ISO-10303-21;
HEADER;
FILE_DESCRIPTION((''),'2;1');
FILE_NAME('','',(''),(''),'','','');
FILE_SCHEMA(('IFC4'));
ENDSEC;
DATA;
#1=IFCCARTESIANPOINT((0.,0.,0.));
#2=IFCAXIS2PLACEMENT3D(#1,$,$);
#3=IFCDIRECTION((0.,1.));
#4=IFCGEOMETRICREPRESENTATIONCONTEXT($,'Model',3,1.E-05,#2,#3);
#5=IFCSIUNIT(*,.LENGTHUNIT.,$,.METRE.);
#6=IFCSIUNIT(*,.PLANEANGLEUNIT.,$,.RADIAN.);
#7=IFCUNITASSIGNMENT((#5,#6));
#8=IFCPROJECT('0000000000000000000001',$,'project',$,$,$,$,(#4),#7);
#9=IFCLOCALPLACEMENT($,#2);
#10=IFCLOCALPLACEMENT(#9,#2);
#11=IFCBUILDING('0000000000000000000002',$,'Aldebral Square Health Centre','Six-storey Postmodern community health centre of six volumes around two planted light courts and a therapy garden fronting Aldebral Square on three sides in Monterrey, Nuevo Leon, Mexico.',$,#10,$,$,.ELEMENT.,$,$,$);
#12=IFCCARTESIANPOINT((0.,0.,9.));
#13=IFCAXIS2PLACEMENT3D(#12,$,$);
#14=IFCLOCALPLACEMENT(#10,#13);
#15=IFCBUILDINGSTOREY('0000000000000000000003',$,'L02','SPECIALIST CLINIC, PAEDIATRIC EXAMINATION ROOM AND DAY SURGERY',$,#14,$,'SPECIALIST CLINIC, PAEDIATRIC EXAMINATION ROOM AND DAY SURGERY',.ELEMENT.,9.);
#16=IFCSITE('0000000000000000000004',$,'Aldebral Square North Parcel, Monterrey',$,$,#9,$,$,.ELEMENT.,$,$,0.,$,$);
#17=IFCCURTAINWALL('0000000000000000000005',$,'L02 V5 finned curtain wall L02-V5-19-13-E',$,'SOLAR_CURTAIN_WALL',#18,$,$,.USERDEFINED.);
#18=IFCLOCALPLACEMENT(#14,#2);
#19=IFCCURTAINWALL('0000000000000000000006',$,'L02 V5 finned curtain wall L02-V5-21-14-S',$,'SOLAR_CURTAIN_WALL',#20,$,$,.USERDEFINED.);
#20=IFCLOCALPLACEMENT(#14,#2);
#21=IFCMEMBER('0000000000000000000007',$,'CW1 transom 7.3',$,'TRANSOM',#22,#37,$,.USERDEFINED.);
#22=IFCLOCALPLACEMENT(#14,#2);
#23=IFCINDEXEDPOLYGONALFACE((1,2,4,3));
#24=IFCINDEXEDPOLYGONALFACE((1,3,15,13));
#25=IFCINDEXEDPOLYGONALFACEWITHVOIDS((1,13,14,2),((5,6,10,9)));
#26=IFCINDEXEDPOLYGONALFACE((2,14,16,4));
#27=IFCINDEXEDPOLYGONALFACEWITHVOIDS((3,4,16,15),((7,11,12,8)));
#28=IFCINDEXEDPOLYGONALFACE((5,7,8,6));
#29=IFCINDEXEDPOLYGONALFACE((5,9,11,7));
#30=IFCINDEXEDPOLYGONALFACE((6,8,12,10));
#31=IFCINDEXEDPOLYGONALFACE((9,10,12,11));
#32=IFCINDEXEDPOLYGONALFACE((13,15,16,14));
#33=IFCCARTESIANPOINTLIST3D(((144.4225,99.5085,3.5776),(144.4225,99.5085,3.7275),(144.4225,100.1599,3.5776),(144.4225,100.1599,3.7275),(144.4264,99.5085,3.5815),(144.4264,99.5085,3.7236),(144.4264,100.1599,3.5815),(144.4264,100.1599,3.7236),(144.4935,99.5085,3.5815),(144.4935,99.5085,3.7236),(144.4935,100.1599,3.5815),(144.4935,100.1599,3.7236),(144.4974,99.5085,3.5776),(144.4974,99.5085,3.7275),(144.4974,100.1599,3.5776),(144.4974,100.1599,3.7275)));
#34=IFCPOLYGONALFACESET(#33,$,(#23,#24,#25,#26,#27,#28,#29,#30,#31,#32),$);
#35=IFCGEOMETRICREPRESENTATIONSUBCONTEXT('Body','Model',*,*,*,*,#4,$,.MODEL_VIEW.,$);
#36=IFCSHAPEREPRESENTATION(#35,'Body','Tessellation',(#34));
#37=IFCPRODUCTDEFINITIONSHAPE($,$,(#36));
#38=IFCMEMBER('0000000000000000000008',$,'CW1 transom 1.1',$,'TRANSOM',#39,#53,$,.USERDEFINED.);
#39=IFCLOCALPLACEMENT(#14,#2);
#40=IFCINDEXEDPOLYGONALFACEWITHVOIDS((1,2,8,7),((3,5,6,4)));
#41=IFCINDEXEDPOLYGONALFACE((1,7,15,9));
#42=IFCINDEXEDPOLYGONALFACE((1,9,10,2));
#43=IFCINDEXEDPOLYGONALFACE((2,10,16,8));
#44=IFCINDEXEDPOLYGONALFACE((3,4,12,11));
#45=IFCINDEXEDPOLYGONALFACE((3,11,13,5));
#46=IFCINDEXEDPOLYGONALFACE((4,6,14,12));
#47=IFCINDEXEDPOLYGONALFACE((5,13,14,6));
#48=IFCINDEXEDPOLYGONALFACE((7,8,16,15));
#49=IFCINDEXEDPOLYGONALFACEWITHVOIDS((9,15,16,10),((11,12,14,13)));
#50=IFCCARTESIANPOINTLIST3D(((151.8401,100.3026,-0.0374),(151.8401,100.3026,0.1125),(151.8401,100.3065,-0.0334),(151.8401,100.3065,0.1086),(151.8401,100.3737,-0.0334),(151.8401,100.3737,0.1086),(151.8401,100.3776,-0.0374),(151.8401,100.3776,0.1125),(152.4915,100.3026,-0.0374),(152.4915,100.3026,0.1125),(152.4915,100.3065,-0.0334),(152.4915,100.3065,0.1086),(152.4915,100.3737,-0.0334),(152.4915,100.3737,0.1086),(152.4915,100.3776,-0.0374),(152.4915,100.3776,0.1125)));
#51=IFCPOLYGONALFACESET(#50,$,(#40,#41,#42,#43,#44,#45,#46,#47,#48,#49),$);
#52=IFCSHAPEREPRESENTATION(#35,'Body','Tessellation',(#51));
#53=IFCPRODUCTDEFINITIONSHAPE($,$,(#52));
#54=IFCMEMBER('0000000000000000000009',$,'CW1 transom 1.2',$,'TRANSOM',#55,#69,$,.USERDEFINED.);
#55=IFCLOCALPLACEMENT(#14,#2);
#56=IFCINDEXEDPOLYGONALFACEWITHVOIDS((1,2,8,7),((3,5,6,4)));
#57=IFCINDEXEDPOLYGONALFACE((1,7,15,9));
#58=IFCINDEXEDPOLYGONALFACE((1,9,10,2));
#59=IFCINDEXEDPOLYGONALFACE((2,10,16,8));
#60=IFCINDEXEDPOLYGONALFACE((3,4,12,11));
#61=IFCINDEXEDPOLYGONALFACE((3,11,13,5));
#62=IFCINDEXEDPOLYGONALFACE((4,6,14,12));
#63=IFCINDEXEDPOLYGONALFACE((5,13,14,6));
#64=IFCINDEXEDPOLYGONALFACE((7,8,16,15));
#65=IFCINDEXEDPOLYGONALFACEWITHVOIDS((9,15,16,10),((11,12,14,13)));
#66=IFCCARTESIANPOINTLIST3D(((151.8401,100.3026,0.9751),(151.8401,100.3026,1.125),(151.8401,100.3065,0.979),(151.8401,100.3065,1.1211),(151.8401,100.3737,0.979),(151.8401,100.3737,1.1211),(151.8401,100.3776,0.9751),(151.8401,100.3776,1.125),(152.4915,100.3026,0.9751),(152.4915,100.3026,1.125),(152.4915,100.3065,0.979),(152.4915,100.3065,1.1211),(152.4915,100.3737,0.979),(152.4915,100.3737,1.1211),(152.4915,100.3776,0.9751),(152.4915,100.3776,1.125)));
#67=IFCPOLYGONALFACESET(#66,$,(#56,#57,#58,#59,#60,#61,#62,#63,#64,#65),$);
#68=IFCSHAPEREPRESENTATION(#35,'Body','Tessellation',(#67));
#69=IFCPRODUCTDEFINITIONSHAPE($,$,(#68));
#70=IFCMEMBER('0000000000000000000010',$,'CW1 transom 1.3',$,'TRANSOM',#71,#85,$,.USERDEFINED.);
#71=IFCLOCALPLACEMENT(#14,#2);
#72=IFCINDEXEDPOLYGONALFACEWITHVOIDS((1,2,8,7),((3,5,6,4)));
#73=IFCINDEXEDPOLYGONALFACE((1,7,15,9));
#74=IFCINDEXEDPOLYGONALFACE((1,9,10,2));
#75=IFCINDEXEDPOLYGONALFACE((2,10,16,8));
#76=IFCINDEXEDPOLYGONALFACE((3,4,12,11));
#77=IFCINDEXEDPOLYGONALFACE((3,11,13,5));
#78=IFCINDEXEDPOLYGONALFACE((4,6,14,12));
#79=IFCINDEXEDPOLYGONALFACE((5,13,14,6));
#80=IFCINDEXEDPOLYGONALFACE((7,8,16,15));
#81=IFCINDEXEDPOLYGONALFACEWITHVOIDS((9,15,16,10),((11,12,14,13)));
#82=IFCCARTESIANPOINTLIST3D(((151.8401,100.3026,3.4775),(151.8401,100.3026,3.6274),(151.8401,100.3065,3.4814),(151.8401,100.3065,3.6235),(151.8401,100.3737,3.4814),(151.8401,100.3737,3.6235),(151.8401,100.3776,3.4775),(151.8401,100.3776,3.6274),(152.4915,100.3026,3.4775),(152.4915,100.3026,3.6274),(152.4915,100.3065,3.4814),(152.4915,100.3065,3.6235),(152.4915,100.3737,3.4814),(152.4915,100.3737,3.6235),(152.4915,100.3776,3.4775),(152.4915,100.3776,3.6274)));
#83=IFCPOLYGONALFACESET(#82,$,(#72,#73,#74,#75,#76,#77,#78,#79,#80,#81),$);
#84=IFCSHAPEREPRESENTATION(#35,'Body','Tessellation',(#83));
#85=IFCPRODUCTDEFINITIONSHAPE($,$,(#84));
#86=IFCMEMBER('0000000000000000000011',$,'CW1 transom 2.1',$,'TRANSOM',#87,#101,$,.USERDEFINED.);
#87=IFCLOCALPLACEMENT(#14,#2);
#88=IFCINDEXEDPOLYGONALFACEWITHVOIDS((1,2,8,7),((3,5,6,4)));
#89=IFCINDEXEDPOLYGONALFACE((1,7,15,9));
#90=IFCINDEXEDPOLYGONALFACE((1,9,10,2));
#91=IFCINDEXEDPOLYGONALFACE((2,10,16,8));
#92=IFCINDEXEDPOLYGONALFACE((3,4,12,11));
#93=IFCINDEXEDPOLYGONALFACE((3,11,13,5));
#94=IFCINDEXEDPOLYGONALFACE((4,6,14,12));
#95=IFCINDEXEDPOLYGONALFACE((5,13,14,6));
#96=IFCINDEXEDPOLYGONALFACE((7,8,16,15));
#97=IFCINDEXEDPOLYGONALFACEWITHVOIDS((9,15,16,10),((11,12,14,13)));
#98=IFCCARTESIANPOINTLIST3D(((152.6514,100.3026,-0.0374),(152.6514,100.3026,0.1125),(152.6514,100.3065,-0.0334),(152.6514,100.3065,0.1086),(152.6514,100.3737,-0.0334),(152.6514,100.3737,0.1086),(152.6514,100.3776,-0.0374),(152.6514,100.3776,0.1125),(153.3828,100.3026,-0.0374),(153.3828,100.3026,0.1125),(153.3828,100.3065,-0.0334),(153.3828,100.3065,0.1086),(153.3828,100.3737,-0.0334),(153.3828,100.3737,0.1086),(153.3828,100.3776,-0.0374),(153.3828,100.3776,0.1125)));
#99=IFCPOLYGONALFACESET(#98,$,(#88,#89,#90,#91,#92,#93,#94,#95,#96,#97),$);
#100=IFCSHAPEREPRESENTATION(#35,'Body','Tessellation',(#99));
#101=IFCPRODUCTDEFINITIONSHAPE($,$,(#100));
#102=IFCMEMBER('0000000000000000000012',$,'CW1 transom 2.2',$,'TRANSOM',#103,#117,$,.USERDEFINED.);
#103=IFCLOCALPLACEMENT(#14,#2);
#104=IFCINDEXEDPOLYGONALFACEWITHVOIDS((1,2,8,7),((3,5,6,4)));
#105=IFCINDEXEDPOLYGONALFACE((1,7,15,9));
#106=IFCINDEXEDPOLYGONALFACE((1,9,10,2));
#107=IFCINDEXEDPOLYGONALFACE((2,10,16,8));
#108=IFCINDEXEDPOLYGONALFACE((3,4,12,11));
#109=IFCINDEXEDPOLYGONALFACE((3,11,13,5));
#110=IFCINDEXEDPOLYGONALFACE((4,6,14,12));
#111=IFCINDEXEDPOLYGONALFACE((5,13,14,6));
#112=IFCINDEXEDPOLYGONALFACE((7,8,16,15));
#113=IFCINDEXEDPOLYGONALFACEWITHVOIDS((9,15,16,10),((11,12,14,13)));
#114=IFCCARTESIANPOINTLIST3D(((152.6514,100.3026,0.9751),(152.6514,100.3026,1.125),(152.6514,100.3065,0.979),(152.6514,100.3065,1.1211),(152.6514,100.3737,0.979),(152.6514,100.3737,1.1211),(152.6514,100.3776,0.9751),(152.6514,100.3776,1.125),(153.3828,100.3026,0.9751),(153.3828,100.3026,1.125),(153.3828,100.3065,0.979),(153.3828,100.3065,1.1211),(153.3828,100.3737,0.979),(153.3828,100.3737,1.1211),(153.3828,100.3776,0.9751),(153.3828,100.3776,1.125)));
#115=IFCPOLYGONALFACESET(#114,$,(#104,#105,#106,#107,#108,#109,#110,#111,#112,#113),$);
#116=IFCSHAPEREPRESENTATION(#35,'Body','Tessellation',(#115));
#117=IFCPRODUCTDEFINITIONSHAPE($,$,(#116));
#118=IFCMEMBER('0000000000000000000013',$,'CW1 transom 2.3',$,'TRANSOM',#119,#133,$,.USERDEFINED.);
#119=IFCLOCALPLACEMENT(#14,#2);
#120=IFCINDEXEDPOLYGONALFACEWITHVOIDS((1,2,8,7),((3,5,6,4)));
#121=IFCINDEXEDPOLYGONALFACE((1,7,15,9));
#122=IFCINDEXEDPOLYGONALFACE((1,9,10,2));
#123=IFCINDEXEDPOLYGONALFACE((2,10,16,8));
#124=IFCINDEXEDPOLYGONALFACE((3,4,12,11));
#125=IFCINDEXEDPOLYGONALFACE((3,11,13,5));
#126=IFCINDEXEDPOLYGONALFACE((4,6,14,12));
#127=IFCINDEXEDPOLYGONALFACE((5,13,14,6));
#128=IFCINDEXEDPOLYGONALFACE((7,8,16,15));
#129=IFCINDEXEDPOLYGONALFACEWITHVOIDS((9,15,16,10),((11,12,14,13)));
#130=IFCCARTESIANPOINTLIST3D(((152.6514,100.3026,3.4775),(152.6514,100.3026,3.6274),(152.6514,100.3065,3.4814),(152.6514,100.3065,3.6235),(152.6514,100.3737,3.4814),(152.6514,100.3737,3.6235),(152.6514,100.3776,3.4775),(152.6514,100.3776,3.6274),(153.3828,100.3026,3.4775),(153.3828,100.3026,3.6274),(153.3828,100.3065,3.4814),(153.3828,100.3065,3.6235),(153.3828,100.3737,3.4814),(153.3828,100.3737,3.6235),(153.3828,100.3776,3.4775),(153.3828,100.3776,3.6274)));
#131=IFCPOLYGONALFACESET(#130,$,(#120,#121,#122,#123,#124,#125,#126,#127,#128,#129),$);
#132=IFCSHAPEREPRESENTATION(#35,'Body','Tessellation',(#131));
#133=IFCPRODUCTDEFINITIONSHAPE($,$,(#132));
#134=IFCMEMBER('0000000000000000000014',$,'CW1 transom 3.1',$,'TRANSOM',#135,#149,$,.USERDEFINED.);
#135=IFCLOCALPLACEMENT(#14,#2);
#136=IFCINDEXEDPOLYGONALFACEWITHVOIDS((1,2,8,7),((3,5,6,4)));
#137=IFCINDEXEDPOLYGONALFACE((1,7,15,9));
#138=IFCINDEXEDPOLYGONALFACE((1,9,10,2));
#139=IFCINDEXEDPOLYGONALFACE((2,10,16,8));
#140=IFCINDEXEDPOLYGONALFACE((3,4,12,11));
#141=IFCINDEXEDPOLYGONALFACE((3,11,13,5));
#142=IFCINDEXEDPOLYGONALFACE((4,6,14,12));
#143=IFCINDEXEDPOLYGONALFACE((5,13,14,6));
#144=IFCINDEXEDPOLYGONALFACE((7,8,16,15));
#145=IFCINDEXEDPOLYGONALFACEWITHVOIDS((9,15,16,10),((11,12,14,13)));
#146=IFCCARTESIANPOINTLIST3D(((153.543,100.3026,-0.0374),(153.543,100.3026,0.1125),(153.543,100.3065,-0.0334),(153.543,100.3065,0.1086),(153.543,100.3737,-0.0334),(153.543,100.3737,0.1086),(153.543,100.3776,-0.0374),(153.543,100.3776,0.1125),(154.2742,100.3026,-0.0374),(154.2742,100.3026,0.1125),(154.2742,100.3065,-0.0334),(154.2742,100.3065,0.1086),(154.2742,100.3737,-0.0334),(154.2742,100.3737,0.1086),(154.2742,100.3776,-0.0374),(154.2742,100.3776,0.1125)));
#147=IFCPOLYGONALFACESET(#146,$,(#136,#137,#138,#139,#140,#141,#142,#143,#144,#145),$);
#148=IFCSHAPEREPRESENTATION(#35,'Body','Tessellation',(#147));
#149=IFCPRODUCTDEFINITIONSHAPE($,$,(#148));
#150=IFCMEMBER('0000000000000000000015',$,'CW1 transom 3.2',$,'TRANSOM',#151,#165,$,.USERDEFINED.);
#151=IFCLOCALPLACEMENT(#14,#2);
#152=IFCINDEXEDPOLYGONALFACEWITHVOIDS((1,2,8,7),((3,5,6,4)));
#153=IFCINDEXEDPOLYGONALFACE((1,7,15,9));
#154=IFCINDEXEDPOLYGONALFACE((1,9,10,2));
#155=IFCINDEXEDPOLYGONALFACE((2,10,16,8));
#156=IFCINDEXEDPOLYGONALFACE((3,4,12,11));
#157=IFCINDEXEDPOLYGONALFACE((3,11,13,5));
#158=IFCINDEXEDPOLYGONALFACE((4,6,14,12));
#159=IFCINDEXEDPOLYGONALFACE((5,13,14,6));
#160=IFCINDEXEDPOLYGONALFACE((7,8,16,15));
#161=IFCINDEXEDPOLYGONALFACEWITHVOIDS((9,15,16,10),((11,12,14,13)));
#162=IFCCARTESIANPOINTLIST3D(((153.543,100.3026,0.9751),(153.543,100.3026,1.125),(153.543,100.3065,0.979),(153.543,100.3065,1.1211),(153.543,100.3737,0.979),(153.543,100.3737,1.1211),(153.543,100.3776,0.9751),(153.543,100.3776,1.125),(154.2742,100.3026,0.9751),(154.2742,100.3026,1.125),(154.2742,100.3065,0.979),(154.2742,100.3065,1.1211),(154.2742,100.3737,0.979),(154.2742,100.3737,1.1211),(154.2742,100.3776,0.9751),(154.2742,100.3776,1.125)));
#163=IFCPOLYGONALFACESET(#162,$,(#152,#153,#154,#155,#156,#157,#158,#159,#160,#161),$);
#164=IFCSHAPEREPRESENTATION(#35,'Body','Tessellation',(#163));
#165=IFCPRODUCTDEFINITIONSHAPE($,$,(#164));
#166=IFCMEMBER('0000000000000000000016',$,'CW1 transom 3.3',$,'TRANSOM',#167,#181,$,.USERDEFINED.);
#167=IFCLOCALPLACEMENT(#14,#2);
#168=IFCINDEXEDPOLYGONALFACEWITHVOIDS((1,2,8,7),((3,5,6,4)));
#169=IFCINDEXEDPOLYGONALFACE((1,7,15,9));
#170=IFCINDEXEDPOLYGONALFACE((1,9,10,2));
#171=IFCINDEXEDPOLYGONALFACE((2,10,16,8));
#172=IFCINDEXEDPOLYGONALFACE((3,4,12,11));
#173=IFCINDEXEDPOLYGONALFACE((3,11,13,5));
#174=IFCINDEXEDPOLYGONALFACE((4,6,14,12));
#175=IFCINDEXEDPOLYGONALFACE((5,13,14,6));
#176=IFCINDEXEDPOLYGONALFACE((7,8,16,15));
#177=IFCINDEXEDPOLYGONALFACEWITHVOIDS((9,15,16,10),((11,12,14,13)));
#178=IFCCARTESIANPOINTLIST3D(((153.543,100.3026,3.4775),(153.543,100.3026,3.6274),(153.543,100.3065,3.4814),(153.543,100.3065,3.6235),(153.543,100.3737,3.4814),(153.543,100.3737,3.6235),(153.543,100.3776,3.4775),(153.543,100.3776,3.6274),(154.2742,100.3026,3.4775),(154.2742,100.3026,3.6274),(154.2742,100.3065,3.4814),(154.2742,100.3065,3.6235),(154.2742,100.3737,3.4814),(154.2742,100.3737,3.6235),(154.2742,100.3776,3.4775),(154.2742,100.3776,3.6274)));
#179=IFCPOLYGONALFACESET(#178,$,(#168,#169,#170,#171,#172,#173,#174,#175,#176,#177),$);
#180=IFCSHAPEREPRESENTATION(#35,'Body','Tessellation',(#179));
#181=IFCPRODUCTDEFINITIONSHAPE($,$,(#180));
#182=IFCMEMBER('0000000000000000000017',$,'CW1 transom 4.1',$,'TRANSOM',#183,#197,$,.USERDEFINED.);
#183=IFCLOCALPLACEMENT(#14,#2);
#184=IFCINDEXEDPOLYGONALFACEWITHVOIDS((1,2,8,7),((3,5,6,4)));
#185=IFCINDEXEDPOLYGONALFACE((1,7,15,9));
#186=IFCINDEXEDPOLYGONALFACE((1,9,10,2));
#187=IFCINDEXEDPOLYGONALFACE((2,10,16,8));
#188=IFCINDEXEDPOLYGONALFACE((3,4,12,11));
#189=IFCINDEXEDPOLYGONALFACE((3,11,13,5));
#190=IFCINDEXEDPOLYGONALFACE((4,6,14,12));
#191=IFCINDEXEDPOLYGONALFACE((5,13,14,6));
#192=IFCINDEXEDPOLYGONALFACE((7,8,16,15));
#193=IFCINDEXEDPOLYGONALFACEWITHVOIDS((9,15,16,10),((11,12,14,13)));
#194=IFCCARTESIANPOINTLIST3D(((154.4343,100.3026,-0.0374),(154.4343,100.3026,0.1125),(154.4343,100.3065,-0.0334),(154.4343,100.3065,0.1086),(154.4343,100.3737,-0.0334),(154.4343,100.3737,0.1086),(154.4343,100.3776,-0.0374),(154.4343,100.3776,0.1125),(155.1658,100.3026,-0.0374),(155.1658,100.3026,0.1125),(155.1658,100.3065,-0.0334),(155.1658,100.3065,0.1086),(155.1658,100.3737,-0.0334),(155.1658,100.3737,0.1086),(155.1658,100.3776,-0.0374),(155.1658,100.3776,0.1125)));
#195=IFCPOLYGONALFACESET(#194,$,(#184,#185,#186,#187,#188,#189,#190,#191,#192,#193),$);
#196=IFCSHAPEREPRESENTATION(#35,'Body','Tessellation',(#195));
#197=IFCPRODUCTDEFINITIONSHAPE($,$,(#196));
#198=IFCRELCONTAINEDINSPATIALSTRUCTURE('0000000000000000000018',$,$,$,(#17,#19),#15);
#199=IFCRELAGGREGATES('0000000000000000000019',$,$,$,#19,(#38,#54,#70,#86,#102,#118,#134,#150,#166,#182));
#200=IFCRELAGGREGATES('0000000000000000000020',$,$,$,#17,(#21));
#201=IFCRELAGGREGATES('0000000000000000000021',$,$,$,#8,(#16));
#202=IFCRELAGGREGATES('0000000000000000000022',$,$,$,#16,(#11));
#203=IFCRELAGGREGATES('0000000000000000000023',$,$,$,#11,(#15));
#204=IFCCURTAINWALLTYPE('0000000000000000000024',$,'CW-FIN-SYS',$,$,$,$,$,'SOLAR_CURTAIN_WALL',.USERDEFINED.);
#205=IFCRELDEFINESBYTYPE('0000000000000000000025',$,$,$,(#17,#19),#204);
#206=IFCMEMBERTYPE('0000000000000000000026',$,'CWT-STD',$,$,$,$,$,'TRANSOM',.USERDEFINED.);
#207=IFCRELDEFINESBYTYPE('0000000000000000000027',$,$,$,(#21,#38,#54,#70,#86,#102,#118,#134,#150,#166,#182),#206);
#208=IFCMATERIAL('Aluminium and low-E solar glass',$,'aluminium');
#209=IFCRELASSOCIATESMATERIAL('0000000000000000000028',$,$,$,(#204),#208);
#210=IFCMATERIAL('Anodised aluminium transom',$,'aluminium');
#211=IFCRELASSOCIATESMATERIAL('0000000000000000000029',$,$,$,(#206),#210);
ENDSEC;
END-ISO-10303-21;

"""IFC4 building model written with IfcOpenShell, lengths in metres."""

from ifc_helpers import new_model, si_unit, direction, frame, origin, origin_2d, place, context, subcontext, project, spatial, hollow_rectangle, extrude, material, material_profile, profile_set, type_object, element, aggregate, save


model = new_model("IFC4")

# Units and contexts
model_context = context("Model", 3, precision=1e-05, world=origin(), true_north=direction((0.0, 1.0)))
body_context = subcontext(model_context, "Body", "Model", "MODEL_VIEW")
ifc_project = project(units=[si_unit("LENGTHUNIT", "METRE"), si_unit("PLANEANGLEUNIT", "RADIAN")], contexts=[model_context])

# Site, building, storey
site_placement = place(None, origin())
site = spatial("IfcSite", under=ifc_project, at=site_placement, Name="Aldebral Square North Parcel, Monterrey", CompositionType="ELEMENT", RefElevation=0.0)
building_placement = place(site_placement, origin())
building = spatial("IfcBuilding", under=site, at=building_placement, Name="Aldebral Square Health Centre", Description="Six-storey Postmodern community health centre of six volumes around two planted light courts and a therapy garden fronting Aldebral Square on three sides in Monterrey, Nuevo Leon, Mexico.", CompositionType="ELEMENT")
storey_placement = place(building_placement, frame((0.0, 0.0, 9.0)))
storey = spatial("IfcBuildingStorey", under=building, at=storey_placement, Name="L02", Description="SPECIALIST CLINIC, PAEDIATRIC EXAMINATION ROOM AND DAY SURGERY", LongName="SPECIALIST CLINIC, PAEDIATRIC EXAMINATION ROOM AND DAY SURGERY", CompositionType="ELEMENT", Elevation=9.0)

# Curtain walls
ifc_material_1 = material(Name="Aluminium and low-E solar glass", Category="aluminium")
curtain_wall_type = type_object("IfcCurtainWallType", Name="CW-FIN-SYS", ElementType="SOLAR_CURTAIN_WALL", PredefinedType="USERDEFINED", material=ifc_material_1)
curtain_wall_1_placement = place(storey_placement, origin())
curtain_wall_1 = element("IfcCurtainWall", 1, at=curtain_wall_1_placement, inside=storey, type_object=curtain_wall_type, Name="L02 V5 finned curtain wall L02-V5-19-13-E", ObjectType="SOLAR_CURTAIN_WALL", PredefinedType="USERDEFINED")
curtain_wall_2_placement = place(storey_placement, origin())
curtain_wall_2 = element("IfcCurtainWall", 2, at=curtain_wall_2_placement, inside=storey, type_object=curtain_wall_type, Name="L02 V5 finned curtain wall L02-V5-21-14-S", ObjectType="SOLAR_CURTAIN_WALL", PredefinedType="USERDEFINED")

# Members
ifc_material_2 = material(Name="Anodised aluminium transom", Category="aluminium")
ifc_material_profile_1 = material_profile(ifc_material_2, hollow_rectangle(XDim=0.075, YDim=0.1499, WallThickness=0.0039, at=origin_2d()), Name="CWT 75x150x4")
ifc_profile_set_1 = profile_set([ifc_material_profile_1], Name="Anodised aluminium transom")
member_type_1 = type_object("IfcMemberType", Name="CWT-STD", ElementType="TRANSOM", PredefinedType="USERDEFINED", material=ifc_profile_set_1)
member_1_placement = place(storey_placement, frame((144.46, 99.5085, 3.6526), z_axis=(0.0, 1.0, 0.0), x_axis=(-1.0, 0.0, 0.0)))
member_1 = element("IfcMember", 3, at=member_1_placement, type_object=member_type_1, Name="CW1 transom 7.3", ObjectType="TRANSOM", PredefinedType="USERDEFINED", context=body_context, shape_type="SweptSolid", body=[
    extrude(hollow_rectangle(XDim=0.075, YDim=0.1499, WallThickness=0.0039, at=origin_2d()), origin(), (0.0, 0.0, 1.0), 0.6514),
])
member_2_placement = place(storey_placement, frame((151.8401, 100.3401, 0.0376), z_axis=(1.0, 0.0, 0.0), x_axis=(0.0, 1.0, 0.0)))
member_2 = element("IfcMember", 4, at=member_2_placement, type_object=member_type_1, Name="CW1 transom 1.1", ObjectType="TRANSOM", PredefinedType="USERDEFINED", context=body_context, shape_type="SweptSolid", body=[
    extrude(hollow_rectangle(XDim=0.075, YDim=0.1499, WallThickness=0.0039, at=origin_2d()), origin(), (0.0, 0.0, 1.0), 0.6514),
])
member_3_placement = place(storey_placement, frame((151.8401, 100.3401, 1.05), z_axis=(1.0, 0.0, 0.0), x_axis=(0.0, 1.0, 0.0)))
member_3 = element("IfcMember", 5, at=member_3_placement, type_object=member_type_1, Name="CW1 transom 1.2", ObjectType="TRANSOM", PredefinedType="USERDEFINED", context=body_context, shape_type="SweptSolid", body=[
    extrude(hollow_rectangle(XDim=0.075, YDim=0.1499, WallThickness=0.0039, at=origin_2d()), origin(), (0.0, 0.0, 1.0), 0.6514),
])
member_4_placement = place(storey_placement, frame((151.8401, 100.3401, 3.5525), z_axis=(1.0, 0.0, 0.0), x_axis=(0.0, 1.0, 0.0)))
member_4 = element("IfcMember", 6, at=member_4_placement, type_object=member_type_1, Name="CW1 transom 1.3", ObjectType="TRANSOM", PredefinedType="USERDEFINED", context=body_context, shape_type="SweptSolid", body=[
    extrude(hollow_rectangle(XDim=0.075, YDim=0.1499, WallThickness=0.0039, at=origin_2d()), origin(), (0.0, 0.0, 1.0), 0.6514),
])
member_5_placement = place(storey_placement, frame((152.6514, 100.3401, 0.0376), z_axis=(1.0, 0.0, 0.0), x_axis=(0.0, 1.0, 0.0)))
member_5 = element("IfcMember", 7, at=member_5_placement, type_object=member_type_1, Name="CW1 transom 2.1", ObjectType="TRANSOM", PredefinedType="USERDEFINED", context=body_context, shape_type="SweptSolid", body=[
    extrude(hollow_rectangle(XDim=0.075, YDim=0.1499, WallThickness=0.0039, at=origin_2d()), origin(), (0.0, 0.0, 1.0), 0.7314),
])
member_6_placement = place(storey_placement, frame((152.6514, 100.3401, 1.05), z_axis=(1.0, 0.0, 0.0), x_axis=(0.0, 1.0, 0.0)))
member_6 = element("IfcMember", 8, at=member_6_placement, type_object=member_type_1, Name="CW1 transom 2.2", ObjectType="TRANSOM", PredefinedType="USERDEFINED", context=body_context, shape_type="SweptSolid", body=[
    extrude(hollow_rectangle(XDim=0.075, YDim=0.1499, WallThickness=0.0039, at=origin_2d()), origin(), (0.0, 0.0, 1.0), 0.7314),
])
member_7_placement = place(storey_placement, frame((152.6514, 100.3401, 3.5525), z_axis=(1.0, 0.0, 0.0), x_axis=(0.0, 1.0, 0.0)))
member_7 = element("IfcMember", 9, at=member_7_placement, type_object=member_type_1, Name="CW1 transom 2.3", ObjectType="TRANSOM", PredefinedType="USERDEFINED", context=body_context, shape_type="SweptSolid", body=[
    extrude(hollow_rectangle(XDim=0.075, YDim=0.1499, WallThickness=0.0039, at=origin_2d()), origin(), (0.0, 0.0, 1.0), 0.7314),
])
member_8_placement = place(storey_placement, frame((153.543, 100.3401, 0.0376), z_axis=(1.0, 0.0, 0.0), x_axis=(0.0, 1.0, 0.0)))
member_8 = element("IfcMember", 10, at=member_8_placement, type_object=member_type_1, Name="CW1 transom 3.1", ObjectType="TRANSOM", PredefinedType="USERDEFINED", context=body_context, shape_type="SweptSolid", body=[
    extrude(hollow_rectangle(XDim=0.075, YDim=0.1499, WallThickness=0.0039, at=origin_2d()), origin(), (0.0, 0.0, 1.0), 0.7312),
])
member_9_placement = place(storey_placement, frame((153.543, 100.3401, 1.05), z_axis=(1.0, 0.0, 0.0), x_axis=(0.0, 1.0, 0.0)))
member_9 = element("IfcMember", 11, at=member_9_placement, type_object=member_type_1, Name="CW1 transom 3.2", ObjectType="TRANSOM", PredefinedType="USERDEFINED", context=body_context, shape_type="SweptSolid", body=[
    extrude(hollow_rectangle(XDim=0.075, YDim=0.1499, WallThickness=0.0039, at=origin_2d()), origin(), (0.0, 0.0, 1.0), 0.7312),
])
member_10_placement = place(storey_placement, frame((153.543, 100.3401, 3.5525), z_axis=(1.0, 0.0, 0.0), x_axis=(0.0, 1.0, 0.0)))
member_10 = element("IfcMember", 12, at=member_10_placement, type_object=member_type_1, Name="CW1 transom 3.3", ObjectType="TRANSOM", PredefinedType="USERDEFINED", context=body_context, shape_type="SweptSolid", body=[
    extrude(hollow_rectangle(XDim=0.075, YDim=0.1499, WallThickness=0.0039, at=origin_2d()), origin(), (0.0, 0.0, 1.0), 0.7312),
])
member_11_placement = place(storey_placement, frame((154.4343, 100.3401, 0.0376), z_axis=(1.0, 0.0, 0.0), x_axis=(0.0, 1.0, 0.0)))
member_11 = element("IfcMember", 13, at=member_11_placement, type_object=member_type_1, Name="CW1 transom 4.1", ObjectType="TRANSOM", PredefinedType="USERDEFINED", context=body_context, shape_type="SweptSolid", body=[
    extrude(hollow_rectangle(XDim=0.075, YDim=0.1499, WallThickness=0.0039, at=origin_2d()), origin(), (0.0, 0.0, 1.0), 0.7314),
])

aggregate(curtain_wall_2, [member_2, member_3, member_4, member_5, member_6, member_7, member_8, member_9, member_10, member_11])
aggregate(curtain_wall_1, [member_1])

save(model, "model.ifc")
